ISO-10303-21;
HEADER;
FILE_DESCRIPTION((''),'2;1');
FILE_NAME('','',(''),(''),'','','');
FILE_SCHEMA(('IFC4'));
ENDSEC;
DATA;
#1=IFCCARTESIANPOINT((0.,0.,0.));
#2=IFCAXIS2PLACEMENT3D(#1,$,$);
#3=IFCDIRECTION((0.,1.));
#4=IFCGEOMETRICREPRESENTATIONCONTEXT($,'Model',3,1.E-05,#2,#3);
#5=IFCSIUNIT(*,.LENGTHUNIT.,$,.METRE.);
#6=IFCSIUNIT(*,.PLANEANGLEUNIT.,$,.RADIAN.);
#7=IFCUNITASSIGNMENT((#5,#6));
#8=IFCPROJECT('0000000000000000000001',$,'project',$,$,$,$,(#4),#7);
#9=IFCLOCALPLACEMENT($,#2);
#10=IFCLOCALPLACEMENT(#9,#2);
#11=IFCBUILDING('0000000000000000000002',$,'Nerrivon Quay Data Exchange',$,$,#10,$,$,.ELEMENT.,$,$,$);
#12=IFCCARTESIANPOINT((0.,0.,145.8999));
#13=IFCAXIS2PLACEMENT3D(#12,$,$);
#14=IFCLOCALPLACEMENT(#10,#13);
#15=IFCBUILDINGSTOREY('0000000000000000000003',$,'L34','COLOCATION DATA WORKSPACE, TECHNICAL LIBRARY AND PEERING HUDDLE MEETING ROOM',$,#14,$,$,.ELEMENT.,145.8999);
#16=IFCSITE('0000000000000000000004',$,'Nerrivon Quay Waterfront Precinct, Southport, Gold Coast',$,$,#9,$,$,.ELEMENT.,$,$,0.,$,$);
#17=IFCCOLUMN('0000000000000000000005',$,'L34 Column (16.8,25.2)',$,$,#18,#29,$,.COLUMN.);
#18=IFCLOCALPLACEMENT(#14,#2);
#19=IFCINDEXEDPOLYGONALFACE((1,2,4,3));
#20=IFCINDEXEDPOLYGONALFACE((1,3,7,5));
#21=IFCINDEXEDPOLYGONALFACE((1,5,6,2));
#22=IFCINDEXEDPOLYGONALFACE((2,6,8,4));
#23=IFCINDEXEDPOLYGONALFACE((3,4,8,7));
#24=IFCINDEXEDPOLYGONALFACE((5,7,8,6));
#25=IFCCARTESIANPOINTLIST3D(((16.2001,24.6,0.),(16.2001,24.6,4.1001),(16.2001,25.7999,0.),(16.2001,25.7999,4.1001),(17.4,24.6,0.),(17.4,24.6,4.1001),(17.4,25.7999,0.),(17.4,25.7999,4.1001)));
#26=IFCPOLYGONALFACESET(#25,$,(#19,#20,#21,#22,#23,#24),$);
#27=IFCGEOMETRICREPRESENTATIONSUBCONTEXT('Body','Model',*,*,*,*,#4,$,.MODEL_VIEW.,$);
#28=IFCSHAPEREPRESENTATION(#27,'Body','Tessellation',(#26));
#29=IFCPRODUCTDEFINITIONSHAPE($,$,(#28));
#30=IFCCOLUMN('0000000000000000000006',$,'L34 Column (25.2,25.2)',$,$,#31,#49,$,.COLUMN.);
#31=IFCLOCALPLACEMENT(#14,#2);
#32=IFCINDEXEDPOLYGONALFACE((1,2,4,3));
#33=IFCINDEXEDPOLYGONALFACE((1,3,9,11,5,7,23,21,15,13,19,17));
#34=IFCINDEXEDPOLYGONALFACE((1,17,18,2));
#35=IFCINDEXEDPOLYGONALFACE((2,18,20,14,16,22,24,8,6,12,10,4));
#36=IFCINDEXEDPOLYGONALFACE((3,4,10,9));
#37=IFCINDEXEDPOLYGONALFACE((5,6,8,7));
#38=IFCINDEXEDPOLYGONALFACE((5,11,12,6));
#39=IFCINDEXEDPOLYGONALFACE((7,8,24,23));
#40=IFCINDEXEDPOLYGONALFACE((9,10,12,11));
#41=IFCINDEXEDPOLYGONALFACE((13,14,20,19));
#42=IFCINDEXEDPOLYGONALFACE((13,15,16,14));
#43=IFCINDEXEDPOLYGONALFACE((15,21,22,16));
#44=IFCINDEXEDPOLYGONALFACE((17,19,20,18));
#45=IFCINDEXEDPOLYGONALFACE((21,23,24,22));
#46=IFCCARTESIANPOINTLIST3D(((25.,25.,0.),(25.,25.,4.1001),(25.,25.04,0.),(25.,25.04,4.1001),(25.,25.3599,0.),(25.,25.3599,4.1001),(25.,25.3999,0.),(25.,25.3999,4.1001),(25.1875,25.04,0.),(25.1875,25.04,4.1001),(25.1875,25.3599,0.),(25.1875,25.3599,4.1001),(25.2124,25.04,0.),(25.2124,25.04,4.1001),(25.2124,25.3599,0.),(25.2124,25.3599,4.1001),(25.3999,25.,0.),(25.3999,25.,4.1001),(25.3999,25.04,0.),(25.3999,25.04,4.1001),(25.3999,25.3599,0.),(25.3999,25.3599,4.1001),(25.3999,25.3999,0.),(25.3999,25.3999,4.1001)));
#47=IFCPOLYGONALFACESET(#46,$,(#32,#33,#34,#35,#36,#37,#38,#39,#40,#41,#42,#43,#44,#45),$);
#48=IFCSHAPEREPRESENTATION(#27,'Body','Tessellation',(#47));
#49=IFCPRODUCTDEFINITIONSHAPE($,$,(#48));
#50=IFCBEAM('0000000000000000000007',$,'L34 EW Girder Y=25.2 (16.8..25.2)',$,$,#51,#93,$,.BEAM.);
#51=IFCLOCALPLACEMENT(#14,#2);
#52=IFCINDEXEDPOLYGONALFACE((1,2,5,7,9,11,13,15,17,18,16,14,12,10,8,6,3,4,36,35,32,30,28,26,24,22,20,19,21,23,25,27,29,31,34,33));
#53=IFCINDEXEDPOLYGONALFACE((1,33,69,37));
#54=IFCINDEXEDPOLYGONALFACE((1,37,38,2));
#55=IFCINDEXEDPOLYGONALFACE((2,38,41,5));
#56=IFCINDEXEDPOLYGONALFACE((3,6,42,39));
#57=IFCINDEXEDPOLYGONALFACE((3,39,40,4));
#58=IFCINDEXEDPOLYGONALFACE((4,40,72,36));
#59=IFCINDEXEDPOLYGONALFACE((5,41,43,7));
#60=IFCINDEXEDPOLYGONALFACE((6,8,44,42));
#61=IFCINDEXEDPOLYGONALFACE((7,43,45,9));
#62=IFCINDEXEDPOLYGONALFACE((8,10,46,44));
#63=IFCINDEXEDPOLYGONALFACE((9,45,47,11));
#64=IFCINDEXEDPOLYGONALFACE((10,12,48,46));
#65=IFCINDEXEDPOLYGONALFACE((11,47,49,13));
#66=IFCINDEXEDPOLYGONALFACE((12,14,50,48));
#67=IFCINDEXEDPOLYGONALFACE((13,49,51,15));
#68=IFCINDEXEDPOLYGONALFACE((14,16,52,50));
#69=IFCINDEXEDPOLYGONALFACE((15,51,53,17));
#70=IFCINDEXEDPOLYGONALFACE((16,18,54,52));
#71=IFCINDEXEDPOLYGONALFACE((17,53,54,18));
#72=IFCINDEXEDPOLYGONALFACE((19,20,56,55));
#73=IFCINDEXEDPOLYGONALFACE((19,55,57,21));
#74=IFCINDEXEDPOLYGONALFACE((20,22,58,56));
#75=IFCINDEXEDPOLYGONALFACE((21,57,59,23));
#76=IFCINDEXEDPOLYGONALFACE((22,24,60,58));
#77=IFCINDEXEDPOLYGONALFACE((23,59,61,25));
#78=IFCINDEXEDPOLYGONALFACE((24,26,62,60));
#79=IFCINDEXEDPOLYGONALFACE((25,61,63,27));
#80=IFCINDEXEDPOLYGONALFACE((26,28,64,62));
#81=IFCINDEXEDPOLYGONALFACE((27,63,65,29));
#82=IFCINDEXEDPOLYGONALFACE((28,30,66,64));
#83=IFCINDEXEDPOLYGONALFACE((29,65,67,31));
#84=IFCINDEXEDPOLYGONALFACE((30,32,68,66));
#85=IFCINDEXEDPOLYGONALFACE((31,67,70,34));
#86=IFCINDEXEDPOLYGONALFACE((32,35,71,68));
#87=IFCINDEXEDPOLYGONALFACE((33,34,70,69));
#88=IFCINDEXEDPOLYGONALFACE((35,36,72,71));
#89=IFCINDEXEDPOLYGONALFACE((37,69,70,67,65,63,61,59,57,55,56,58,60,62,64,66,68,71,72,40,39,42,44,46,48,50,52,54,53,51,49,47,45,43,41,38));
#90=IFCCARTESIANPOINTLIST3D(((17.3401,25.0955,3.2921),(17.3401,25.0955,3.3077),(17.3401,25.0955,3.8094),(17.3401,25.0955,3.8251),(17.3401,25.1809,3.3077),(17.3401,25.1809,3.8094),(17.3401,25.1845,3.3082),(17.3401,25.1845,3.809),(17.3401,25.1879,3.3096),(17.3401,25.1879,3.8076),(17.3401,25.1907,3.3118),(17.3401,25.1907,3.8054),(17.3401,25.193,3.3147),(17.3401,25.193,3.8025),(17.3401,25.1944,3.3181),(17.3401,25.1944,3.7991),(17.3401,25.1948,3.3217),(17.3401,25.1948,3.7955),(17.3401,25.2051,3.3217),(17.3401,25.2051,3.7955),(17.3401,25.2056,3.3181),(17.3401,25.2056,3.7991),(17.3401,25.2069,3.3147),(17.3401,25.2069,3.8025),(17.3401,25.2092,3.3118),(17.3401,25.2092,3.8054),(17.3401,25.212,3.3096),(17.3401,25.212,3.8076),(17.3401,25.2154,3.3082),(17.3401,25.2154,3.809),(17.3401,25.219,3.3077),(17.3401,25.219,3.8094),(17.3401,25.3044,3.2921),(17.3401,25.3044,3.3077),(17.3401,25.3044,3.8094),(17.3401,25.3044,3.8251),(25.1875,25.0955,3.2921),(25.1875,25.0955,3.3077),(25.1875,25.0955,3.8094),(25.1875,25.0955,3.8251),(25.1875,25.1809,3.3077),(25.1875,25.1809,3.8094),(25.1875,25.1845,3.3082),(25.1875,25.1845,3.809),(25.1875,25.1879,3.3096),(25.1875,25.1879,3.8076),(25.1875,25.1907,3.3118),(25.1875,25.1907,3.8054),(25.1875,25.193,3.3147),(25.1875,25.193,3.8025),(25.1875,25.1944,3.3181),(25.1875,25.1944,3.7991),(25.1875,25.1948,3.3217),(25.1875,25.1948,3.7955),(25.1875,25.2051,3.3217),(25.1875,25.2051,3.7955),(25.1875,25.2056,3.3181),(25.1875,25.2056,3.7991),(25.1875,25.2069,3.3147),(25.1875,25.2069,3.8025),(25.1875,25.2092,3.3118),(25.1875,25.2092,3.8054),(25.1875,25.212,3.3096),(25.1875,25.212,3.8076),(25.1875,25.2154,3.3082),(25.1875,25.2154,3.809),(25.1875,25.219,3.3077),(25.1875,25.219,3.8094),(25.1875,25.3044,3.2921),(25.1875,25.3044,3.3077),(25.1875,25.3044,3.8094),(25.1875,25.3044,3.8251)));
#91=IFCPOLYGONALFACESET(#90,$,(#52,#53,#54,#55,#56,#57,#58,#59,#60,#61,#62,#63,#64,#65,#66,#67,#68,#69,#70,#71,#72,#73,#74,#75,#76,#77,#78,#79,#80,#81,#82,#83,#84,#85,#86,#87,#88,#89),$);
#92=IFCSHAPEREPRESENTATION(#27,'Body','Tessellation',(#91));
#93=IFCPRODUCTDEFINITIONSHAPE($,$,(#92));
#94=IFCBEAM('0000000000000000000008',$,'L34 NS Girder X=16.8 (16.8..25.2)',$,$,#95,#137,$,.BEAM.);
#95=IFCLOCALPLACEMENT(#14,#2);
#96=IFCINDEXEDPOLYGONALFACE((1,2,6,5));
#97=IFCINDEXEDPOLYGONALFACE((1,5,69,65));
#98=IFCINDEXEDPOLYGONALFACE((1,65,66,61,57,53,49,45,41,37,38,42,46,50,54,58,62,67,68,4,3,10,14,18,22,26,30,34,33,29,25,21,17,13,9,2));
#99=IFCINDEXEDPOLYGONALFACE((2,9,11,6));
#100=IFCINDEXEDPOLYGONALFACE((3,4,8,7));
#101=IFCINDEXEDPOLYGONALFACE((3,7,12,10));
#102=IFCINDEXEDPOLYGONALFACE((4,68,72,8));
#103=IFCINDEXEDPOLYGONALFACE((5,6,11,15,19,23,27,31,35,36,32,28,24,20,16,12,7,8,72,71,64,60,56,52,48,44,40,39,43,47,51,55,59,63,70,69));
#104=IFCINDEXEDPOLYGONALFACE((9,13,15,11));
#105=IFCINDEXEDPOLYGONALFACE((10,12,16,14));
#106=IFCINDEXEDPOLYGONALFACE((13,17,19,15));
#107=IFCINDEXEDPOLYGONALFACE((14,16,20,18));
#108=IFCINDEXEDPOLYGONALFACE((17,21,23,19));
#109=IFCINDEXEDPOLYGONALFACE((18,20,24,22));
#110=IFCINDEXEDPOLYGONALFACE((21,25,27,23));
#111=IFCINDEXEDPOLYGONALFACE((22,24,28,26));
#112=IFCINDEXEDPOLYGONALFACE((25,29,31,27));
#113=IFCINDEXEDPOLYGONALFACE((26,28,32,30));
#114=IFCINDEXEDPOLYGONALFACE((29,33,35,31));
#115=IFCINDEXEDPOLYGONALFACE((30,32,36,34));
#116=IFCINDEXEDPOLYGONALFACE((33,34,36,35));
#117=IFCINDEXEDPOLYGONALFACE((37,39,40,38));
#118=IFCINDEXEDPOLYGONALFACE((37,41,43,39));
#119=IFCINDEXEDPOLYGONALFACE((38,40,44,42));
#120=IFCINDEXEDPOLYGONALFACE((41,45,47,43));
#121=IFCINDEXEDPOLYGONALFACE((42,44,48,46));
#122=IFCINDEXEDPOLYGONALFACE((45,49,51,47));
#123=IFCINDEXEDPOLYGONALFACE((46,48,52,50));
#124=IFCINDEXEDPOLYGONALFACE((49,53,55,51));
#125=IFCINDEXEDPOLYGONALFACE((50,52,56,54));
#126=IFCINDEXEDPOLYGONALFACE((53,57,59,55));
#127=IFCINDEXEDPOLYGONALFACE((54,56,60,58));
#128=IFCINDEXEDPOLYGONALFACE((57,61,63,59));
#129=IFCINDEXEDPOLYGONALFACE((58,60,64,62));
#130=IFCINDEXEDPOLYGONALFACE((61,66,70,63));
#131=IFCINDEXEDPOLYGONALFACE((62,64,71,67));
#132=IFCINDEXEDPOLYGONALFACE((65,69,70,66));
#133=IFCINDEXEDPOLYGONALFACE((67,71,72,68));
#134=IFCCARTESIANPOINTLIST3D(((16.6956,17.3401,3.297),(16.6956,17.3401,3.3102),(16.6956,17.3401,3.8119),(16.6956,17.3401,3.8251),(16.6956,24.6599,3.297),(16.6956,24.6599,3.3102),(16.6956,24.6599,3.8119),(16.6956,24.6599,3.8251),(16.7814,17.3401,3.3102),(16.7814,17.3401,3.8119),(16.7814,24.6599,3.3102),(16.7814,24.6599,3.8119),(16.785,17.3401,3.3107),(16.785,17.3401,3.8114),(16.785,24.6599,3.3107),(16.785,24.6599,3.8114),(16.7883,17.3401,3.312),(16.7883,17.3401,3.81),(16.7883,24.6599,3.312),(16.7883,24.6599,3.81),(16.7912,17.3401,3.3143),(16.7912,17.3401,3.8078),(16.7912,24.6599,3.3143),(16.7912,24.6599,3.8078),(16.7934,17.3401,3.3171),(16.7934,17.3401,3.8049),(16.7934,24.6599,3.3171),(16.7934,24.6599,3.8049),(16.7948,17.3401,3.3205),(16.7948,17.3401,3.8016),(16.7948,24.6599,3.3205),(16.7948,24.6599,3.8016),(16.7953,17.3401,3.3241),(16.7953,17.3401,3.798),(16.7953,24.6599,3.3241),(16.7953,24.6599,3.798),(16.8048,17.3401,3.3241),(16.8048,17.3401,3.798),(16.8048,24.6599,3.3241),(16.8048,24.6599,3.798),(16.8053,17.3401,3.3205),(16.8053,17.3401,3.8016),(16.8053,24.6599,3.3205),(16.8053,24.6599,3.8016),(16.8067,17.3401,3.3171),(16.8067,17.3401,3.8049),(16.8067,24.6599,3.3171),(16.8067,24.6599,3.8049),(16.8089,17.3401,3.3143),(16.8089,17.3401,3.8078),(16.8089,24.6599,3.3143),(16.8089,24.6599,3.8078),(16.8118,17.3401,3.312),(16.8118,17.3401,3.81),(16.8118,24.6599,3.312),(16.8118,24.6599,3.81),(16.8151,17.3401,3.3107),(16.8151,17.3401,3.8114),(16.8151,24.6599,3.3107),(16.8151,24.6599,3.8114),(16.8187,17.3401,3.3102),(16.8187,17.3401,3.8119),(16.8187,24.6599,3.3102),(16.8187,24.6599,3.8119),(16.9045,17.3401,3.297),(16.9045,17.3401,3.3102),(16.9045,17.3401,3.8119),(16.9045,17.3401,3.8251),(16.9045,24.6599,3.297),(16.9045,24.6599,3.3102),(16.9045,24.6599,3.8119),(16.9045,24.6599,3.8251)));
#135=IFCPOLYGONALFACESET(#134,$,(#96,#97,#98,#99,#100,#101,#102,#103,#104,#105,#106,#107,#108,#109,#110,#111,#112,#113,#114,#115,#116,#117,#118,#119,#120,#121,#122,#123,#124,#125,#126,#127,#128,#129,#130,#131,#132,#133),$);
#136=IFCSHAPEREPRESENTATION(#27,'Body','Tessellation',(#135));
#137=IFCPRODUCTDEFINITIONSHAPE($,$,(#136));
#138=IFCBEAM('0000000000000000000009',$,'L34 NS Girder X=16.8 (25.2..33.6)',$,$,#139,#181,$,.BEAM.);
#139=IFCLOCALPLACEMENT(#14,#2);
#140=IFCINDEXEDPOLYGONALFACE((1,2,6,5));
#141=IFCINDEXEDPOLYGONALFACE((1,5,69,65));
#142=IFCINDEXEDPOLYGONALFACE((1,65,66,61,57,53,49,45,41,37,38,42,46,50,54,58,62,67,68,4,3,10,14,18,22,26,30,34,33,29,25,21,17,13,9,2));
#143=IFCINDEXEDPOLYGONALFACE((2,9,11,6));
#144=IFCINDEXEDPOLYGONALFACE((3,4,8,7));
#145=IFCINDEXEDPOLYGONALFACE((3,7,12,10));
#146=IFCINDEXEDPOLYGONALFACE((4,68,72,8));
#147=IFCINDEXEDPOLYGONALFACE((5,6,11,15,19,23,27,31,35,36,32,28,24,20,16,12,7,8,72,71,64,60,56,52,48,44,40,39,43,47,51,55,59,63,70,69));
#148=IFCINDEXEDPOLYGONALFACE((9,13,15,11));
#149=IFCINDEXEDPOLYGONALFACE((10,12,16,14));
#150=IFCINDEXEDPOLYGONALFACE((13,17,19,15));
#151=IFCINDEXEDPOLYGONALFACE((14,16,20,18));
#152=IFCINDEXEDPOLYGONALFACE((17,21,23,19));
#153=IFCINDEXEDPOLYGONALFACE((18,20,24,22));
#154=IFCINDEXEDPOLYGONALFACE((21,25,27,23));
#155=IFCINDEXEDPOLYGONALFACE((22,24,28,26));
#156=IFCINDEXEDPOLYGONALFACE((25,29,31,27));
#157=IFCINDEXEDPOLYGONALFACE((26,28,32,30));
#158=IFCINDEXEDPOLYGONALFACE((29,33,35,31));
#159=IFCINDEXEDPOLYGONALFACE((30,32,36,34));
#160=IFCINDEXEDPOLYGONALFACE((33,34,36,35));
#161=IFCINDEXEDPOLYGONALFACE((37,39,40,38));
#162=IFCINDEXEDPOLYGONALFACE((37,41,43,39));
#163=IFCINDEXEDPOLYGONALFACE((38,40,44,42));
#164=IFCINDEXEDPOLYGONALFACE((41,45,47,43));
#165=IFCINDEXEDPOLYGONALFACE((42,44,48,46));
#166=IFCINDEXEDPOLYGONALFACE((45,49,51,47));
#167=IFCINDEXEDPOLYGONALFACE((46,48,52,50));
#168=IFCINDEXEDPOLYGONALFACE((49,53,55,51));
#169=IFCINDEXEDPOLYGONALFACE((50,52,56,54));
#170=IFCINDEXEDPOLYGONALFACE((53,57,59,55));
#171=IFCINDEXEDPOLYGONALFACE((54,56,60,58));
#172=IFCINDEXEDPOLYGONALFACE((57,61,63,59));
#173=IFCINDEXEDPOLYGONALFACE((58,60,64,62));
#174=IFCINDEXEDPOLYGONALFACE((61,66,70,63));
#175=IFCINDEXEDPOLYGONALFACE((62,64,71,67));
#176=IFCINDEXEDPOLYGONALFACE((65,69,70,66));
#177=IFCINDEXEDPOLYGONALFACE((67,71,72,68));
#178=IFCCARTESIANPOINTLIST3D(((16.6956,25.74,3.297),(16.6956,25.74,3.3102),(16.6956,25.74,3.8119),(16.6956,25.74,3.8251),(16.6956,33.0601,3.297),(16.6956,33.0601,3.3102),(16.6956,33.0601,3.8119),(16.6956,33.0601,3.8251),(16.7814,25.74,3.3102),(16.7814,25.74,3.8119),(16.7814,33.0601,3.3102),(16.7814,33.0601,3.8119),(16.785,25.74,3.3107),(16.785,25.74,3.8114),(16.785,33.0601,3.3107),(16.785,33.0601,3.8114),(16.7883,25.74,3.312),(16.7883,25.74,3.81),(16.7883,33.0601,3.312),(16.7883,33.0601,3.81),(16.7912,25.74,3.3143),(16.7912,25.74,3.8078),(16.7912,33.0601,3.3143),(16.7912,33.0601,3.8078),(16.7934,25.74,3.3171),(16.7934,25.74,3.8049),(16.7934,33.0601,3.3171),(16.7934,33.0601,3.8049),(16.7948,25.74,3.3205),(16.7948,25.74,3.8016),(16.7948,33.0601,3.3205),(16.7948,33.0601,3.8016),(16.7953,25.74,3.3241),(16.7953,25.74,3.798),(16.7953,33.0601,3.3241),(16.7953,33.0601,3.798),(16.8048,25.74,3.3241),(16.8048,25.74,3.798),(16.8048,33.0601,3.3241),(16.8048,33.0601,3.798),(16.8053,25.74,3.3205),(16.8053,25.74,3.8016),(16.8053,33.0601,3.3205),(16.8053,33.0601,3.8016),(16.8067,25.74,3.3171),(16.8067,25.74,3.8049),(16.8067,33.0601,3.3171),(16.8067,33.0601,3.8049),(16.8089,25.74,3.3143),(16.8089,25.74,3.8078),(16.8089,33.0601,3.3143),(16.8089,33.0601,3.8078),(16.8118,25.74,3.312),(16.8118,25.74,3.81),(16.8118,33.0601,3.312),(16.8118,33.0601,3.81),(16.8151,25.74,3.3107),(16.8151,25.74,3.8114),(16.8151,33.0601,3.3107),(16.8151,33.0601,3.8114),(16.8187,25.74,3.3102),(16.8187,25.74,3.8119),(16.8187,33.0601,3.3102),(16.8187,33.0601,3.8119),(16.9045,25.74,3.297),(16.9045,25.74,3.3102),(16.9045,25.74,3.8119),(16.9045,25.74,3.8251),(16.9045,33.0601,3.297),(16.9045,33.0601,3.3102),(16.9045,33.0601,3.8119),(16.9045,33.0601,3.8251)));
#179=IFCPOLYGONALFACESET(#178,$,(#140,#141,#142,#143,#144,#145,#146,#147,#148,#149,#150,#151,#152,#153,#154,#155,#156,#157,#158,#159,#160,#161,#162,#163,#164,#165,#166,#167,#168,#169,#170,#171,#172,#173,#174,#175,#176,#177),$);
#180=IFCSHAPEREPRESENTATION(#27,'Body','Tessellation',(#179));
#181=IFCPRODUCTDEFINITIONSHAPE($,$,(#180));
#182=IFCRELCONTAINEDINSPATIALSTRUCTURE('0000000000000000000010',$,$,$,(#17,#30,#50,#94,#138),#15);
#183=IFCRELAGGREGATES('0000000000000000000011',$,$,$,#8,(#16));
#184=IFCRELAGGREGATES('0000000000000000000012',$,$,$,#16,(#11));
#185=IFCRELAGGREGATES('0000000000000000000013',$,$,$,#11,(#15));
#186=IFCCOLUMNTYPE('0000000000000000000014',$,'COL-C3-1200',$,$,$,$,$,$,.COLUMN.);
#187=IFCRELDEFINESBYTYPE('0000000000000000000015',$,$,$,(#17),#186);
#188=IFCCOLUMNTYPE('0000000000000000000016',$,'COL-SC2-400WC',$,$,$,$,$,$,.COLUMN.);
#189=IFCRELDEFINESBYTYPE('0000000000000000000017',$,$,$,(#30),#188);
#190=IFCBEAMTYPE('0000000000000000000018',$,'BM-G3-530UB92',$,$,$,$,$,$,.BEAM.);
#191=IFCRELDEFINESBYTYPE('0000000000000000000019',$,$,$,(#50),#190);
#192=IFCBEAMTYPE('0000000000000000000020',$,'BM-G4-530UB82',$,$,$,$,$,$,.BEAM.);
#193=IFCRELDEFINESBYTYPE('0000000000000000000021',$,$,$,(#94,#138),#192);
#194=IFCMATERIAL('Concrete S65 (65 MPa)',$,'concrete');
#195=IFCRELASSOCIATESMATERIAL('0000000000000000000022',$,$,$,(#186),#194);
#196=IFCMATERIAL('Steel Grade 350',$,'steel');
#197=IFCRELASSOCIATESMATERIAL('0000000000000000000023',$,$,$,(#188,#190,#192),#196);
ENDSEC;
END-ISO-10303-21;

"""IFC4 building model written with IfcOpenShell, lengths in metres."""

from ifc_helpers import new_model, si_unit, direction, frame, origin, origin_2d, place, context, subcontext, project, spatial, rectangle, i_section, extrude, material, material_profile, profile_set, type_object, element, save


model = new_model("IFC4")

# Units and contexts
model_context = context("Model", 3, precision=1e-05, world=origin(), true_north=direction((0.0, 1.0)))
body_context = subcontext(model_context, "Body", "Model", "MODEL_VIEW")
ifc_project = project(units=[si_unit("LENGTHUNIT", "METRE"), si_unit("PLANEANGLEUNIT", "RADIAN")], contexts=[model_context])

# Site, building, storey
site_placement = place(None, origin())
site = spatial("IfcSite", under=ifc_project, at=site_placement, Name="Nerrivon Quay Waterfront Precinct, Southport, Gold Coast", CompositionType="ELEMENT", RefElevation=0.0)
building_placement = place(site_placement, origin())
building = spatial("IfcBuilding", under=site, at=building_placement, Name="Nerrivon Quay Data Exchange", CompositionType="ELEMENT")
storey_placement = place(building_placement, frame((0.0, 0.0, 145.8999)))
storey = spatial("IfcBuildingStorey", under=building, at=storey_placement, Name="L34", Description="COLOCATION DATA WORKSPACE, TECHNICAL LIBRARY AND PEERING HUDDLE MEETING ROOM", CompositionType="ELEMENT", Elevation=145.8999)

# Columns
ifc_material_1 = material(Name="Concrete S65 (65 MPa)", Category="concrete")
ifc_material_profile_1 = material_profile(ifc_material_1, rectangle(XDim=1.2, YDim=1.2, at=origin_2d()), Name="RC-COL-1200x1200")
ifc_profile_set_1 = profile_set([ifc_material_profile_1], Name="Concrete S65 (65 MPa)")
column_type_1 = type_object("IfcColumnType", Name="COL-C3-1200", PredefinedType="COLUMN", material=ifc_profile_set_1)
column_1_placement = place(storey_placement, frame((16.8, 25.2, 0.0), z_axis=(0.0, 0.0, 1.0), x_axis=(1.0, 0.0, 0.0)))
element("IfcColumn", 1, at=column_1_placement, inside=storey, type_object=column_type_1, Name="L34 Column (16.8,25.2)", PredefinedType="COLUMN", context=body_context, shape_type="SweptSolid", body=[
    extrude(rectangle(XDim=1.2, YDim=1.2, at=origin_2d()), origin(), (0.0, 0.0, 1.0), 4.1001),
])
ifc_material_2 = material(Name="Steel Grade 350", Category="steel")
ifc_material_profile_2 = material_profile(ifc_material_2, i_section(OverallWidth=0.3999, OverallDepth=0.3999, WebThickness=0.0249, FlangeThickness=0.04, at=origin_2d()), Name="400WC328")
ifc_profile_set_2 = profile_set([ifc_material_profile_2], Name="Steel Grade 350")
column_type_2 = type_object("IfcColumnType", Name="COL-SC2-400WC", PredefinedType="COLUMN", material=ifc_profile_set_2)
column_2_placement = place(storey_placement, frame((25.2, 25.2, 0.0), z_axis=(0.0, 0.0, 1.0), x_axis=(1.0, 0.0, 0.0)))
element("IfcColumn", 2, at=column_2_placement, inside=storey, type_object=column_type_2, Name="L34 Column (25.2,25.2)", PredefinedType="COLUMN", context=body_context, shape_type="SweptSolid", body=[
    extrude(i_section(OverallWidth=0.3999, OverallDepth=0.3999, WebThickness=0.0249, FlangeThickness=0.04, at=origin_2d()), origin(), (0.0, 0.0, 1.0), 4.1001),
])

# Beams
ifc_material_profile_3 = material_profile(ifc_material_2, i_section(OverallWidth=0.209, OverallDepth=0.533, WebThickness=0.0103, FlangeThickness=0.0156, FilletRadius=0.0139, at=origin_2d()), Name="530UB92.4")
ifc_profile_set_3 = profile_set([ifc_material_profile_3], Name="Steel Grade 350")
beam_type_1 = type_object("IfcBeamType", Name="BM-G3-530UB92", PredefinedType="BEAM", material=ifc_profile_set_3)
beam_1_placement = place(storey_placement, frame((17.3401, 25.2, 3.5586), z_axis=(1.0, 0.0, 0.0), x_axis=(0.0, 1.0, 0.0)))
element("IfcBeam", 3, at=beam_1_placement, inside=storey, type_object=beam_type_1, Name="L34 EW Girder Y=25.2 (16.8..25.2)", PredefinedType="BEAM", context=body_context, shape_type="SweptSolid", body=[
    extrude(i_section(OverallWidth=0.209, OverallDepth=0.533, WebThickness=0.0103, FlangeThickness=0.0156, FilletRadius=0.0139, at=origin_2d()), origin(), (0.0, 0.0, 1.0), 7.8474),
])
ifc_material_profile_4 = material_profile(ifc_material_2, i_section(OverallWidth=0.209, OverallDepth=0.5281, WebThickness=0.0095, FlangeThickness=0.0132, FilletRadius=0.0139, at=origin_2d()), Name="530UB82.0")
ifc_profile_set_4 = profile_set([ifc_material_profile_4], Name="Steel Grade 350")
beam_type_2 = type_object("IfcBeamType", Name="BM-G4-530UB82", PredefinedType="BEAM", material=ifc_profile_set_4)
beam_2_placement = place(storey_placement, frame((16.8, 17.3401, 3.561), z_axis=(0.0, 1.0, 0.0), x_axis=(-1.0, 0.0, 0.0)))
element("IfcBeam", 4, at=beam_2_placement, inside=storey, type_object=beam_type_2, Name="L34 NS Girder X=16.8 (16.8..25.2)", PredefinedType="BEAM", context=body_context, shape_type="SweptSolid", body=[
    extrude(i_section(OverallWidth=0.209, OverallDepth=0.5281, WebThickness=0.0095, FlangeThickness=0.0132, FilletRadius=0.0139, at=origin_2d()), origin(), (0.0, 0.0, 1.0), 7.3198),
])
beam_3_placement = place(storey_placement, frame((16.8, 25.74, 3.561), z_axis=(0.0, 1.0, 0.0), x_axis=(-1.0, 0.0, 0.0)))
element("IfcBeam", 5, at=beam_3_placement, inside=storey, type_object=beam_type_2, Name="L34 NS Girder X=16.8 (25.2..33.6)", PredefinedType="BEAM", context=body_context, shape_type="SweptSolid", body=[
    extrude(i_section(OverallWidth=0.209, OverallDepth=0.5281, WebThickness=0.0095, FlangeThickness=0.0132, FilletRadius=0.0139, at=origin_2d()), origin(), (0.0, 0.0, 1.0), 7.3201),
])

save(model, "model.ifc")
